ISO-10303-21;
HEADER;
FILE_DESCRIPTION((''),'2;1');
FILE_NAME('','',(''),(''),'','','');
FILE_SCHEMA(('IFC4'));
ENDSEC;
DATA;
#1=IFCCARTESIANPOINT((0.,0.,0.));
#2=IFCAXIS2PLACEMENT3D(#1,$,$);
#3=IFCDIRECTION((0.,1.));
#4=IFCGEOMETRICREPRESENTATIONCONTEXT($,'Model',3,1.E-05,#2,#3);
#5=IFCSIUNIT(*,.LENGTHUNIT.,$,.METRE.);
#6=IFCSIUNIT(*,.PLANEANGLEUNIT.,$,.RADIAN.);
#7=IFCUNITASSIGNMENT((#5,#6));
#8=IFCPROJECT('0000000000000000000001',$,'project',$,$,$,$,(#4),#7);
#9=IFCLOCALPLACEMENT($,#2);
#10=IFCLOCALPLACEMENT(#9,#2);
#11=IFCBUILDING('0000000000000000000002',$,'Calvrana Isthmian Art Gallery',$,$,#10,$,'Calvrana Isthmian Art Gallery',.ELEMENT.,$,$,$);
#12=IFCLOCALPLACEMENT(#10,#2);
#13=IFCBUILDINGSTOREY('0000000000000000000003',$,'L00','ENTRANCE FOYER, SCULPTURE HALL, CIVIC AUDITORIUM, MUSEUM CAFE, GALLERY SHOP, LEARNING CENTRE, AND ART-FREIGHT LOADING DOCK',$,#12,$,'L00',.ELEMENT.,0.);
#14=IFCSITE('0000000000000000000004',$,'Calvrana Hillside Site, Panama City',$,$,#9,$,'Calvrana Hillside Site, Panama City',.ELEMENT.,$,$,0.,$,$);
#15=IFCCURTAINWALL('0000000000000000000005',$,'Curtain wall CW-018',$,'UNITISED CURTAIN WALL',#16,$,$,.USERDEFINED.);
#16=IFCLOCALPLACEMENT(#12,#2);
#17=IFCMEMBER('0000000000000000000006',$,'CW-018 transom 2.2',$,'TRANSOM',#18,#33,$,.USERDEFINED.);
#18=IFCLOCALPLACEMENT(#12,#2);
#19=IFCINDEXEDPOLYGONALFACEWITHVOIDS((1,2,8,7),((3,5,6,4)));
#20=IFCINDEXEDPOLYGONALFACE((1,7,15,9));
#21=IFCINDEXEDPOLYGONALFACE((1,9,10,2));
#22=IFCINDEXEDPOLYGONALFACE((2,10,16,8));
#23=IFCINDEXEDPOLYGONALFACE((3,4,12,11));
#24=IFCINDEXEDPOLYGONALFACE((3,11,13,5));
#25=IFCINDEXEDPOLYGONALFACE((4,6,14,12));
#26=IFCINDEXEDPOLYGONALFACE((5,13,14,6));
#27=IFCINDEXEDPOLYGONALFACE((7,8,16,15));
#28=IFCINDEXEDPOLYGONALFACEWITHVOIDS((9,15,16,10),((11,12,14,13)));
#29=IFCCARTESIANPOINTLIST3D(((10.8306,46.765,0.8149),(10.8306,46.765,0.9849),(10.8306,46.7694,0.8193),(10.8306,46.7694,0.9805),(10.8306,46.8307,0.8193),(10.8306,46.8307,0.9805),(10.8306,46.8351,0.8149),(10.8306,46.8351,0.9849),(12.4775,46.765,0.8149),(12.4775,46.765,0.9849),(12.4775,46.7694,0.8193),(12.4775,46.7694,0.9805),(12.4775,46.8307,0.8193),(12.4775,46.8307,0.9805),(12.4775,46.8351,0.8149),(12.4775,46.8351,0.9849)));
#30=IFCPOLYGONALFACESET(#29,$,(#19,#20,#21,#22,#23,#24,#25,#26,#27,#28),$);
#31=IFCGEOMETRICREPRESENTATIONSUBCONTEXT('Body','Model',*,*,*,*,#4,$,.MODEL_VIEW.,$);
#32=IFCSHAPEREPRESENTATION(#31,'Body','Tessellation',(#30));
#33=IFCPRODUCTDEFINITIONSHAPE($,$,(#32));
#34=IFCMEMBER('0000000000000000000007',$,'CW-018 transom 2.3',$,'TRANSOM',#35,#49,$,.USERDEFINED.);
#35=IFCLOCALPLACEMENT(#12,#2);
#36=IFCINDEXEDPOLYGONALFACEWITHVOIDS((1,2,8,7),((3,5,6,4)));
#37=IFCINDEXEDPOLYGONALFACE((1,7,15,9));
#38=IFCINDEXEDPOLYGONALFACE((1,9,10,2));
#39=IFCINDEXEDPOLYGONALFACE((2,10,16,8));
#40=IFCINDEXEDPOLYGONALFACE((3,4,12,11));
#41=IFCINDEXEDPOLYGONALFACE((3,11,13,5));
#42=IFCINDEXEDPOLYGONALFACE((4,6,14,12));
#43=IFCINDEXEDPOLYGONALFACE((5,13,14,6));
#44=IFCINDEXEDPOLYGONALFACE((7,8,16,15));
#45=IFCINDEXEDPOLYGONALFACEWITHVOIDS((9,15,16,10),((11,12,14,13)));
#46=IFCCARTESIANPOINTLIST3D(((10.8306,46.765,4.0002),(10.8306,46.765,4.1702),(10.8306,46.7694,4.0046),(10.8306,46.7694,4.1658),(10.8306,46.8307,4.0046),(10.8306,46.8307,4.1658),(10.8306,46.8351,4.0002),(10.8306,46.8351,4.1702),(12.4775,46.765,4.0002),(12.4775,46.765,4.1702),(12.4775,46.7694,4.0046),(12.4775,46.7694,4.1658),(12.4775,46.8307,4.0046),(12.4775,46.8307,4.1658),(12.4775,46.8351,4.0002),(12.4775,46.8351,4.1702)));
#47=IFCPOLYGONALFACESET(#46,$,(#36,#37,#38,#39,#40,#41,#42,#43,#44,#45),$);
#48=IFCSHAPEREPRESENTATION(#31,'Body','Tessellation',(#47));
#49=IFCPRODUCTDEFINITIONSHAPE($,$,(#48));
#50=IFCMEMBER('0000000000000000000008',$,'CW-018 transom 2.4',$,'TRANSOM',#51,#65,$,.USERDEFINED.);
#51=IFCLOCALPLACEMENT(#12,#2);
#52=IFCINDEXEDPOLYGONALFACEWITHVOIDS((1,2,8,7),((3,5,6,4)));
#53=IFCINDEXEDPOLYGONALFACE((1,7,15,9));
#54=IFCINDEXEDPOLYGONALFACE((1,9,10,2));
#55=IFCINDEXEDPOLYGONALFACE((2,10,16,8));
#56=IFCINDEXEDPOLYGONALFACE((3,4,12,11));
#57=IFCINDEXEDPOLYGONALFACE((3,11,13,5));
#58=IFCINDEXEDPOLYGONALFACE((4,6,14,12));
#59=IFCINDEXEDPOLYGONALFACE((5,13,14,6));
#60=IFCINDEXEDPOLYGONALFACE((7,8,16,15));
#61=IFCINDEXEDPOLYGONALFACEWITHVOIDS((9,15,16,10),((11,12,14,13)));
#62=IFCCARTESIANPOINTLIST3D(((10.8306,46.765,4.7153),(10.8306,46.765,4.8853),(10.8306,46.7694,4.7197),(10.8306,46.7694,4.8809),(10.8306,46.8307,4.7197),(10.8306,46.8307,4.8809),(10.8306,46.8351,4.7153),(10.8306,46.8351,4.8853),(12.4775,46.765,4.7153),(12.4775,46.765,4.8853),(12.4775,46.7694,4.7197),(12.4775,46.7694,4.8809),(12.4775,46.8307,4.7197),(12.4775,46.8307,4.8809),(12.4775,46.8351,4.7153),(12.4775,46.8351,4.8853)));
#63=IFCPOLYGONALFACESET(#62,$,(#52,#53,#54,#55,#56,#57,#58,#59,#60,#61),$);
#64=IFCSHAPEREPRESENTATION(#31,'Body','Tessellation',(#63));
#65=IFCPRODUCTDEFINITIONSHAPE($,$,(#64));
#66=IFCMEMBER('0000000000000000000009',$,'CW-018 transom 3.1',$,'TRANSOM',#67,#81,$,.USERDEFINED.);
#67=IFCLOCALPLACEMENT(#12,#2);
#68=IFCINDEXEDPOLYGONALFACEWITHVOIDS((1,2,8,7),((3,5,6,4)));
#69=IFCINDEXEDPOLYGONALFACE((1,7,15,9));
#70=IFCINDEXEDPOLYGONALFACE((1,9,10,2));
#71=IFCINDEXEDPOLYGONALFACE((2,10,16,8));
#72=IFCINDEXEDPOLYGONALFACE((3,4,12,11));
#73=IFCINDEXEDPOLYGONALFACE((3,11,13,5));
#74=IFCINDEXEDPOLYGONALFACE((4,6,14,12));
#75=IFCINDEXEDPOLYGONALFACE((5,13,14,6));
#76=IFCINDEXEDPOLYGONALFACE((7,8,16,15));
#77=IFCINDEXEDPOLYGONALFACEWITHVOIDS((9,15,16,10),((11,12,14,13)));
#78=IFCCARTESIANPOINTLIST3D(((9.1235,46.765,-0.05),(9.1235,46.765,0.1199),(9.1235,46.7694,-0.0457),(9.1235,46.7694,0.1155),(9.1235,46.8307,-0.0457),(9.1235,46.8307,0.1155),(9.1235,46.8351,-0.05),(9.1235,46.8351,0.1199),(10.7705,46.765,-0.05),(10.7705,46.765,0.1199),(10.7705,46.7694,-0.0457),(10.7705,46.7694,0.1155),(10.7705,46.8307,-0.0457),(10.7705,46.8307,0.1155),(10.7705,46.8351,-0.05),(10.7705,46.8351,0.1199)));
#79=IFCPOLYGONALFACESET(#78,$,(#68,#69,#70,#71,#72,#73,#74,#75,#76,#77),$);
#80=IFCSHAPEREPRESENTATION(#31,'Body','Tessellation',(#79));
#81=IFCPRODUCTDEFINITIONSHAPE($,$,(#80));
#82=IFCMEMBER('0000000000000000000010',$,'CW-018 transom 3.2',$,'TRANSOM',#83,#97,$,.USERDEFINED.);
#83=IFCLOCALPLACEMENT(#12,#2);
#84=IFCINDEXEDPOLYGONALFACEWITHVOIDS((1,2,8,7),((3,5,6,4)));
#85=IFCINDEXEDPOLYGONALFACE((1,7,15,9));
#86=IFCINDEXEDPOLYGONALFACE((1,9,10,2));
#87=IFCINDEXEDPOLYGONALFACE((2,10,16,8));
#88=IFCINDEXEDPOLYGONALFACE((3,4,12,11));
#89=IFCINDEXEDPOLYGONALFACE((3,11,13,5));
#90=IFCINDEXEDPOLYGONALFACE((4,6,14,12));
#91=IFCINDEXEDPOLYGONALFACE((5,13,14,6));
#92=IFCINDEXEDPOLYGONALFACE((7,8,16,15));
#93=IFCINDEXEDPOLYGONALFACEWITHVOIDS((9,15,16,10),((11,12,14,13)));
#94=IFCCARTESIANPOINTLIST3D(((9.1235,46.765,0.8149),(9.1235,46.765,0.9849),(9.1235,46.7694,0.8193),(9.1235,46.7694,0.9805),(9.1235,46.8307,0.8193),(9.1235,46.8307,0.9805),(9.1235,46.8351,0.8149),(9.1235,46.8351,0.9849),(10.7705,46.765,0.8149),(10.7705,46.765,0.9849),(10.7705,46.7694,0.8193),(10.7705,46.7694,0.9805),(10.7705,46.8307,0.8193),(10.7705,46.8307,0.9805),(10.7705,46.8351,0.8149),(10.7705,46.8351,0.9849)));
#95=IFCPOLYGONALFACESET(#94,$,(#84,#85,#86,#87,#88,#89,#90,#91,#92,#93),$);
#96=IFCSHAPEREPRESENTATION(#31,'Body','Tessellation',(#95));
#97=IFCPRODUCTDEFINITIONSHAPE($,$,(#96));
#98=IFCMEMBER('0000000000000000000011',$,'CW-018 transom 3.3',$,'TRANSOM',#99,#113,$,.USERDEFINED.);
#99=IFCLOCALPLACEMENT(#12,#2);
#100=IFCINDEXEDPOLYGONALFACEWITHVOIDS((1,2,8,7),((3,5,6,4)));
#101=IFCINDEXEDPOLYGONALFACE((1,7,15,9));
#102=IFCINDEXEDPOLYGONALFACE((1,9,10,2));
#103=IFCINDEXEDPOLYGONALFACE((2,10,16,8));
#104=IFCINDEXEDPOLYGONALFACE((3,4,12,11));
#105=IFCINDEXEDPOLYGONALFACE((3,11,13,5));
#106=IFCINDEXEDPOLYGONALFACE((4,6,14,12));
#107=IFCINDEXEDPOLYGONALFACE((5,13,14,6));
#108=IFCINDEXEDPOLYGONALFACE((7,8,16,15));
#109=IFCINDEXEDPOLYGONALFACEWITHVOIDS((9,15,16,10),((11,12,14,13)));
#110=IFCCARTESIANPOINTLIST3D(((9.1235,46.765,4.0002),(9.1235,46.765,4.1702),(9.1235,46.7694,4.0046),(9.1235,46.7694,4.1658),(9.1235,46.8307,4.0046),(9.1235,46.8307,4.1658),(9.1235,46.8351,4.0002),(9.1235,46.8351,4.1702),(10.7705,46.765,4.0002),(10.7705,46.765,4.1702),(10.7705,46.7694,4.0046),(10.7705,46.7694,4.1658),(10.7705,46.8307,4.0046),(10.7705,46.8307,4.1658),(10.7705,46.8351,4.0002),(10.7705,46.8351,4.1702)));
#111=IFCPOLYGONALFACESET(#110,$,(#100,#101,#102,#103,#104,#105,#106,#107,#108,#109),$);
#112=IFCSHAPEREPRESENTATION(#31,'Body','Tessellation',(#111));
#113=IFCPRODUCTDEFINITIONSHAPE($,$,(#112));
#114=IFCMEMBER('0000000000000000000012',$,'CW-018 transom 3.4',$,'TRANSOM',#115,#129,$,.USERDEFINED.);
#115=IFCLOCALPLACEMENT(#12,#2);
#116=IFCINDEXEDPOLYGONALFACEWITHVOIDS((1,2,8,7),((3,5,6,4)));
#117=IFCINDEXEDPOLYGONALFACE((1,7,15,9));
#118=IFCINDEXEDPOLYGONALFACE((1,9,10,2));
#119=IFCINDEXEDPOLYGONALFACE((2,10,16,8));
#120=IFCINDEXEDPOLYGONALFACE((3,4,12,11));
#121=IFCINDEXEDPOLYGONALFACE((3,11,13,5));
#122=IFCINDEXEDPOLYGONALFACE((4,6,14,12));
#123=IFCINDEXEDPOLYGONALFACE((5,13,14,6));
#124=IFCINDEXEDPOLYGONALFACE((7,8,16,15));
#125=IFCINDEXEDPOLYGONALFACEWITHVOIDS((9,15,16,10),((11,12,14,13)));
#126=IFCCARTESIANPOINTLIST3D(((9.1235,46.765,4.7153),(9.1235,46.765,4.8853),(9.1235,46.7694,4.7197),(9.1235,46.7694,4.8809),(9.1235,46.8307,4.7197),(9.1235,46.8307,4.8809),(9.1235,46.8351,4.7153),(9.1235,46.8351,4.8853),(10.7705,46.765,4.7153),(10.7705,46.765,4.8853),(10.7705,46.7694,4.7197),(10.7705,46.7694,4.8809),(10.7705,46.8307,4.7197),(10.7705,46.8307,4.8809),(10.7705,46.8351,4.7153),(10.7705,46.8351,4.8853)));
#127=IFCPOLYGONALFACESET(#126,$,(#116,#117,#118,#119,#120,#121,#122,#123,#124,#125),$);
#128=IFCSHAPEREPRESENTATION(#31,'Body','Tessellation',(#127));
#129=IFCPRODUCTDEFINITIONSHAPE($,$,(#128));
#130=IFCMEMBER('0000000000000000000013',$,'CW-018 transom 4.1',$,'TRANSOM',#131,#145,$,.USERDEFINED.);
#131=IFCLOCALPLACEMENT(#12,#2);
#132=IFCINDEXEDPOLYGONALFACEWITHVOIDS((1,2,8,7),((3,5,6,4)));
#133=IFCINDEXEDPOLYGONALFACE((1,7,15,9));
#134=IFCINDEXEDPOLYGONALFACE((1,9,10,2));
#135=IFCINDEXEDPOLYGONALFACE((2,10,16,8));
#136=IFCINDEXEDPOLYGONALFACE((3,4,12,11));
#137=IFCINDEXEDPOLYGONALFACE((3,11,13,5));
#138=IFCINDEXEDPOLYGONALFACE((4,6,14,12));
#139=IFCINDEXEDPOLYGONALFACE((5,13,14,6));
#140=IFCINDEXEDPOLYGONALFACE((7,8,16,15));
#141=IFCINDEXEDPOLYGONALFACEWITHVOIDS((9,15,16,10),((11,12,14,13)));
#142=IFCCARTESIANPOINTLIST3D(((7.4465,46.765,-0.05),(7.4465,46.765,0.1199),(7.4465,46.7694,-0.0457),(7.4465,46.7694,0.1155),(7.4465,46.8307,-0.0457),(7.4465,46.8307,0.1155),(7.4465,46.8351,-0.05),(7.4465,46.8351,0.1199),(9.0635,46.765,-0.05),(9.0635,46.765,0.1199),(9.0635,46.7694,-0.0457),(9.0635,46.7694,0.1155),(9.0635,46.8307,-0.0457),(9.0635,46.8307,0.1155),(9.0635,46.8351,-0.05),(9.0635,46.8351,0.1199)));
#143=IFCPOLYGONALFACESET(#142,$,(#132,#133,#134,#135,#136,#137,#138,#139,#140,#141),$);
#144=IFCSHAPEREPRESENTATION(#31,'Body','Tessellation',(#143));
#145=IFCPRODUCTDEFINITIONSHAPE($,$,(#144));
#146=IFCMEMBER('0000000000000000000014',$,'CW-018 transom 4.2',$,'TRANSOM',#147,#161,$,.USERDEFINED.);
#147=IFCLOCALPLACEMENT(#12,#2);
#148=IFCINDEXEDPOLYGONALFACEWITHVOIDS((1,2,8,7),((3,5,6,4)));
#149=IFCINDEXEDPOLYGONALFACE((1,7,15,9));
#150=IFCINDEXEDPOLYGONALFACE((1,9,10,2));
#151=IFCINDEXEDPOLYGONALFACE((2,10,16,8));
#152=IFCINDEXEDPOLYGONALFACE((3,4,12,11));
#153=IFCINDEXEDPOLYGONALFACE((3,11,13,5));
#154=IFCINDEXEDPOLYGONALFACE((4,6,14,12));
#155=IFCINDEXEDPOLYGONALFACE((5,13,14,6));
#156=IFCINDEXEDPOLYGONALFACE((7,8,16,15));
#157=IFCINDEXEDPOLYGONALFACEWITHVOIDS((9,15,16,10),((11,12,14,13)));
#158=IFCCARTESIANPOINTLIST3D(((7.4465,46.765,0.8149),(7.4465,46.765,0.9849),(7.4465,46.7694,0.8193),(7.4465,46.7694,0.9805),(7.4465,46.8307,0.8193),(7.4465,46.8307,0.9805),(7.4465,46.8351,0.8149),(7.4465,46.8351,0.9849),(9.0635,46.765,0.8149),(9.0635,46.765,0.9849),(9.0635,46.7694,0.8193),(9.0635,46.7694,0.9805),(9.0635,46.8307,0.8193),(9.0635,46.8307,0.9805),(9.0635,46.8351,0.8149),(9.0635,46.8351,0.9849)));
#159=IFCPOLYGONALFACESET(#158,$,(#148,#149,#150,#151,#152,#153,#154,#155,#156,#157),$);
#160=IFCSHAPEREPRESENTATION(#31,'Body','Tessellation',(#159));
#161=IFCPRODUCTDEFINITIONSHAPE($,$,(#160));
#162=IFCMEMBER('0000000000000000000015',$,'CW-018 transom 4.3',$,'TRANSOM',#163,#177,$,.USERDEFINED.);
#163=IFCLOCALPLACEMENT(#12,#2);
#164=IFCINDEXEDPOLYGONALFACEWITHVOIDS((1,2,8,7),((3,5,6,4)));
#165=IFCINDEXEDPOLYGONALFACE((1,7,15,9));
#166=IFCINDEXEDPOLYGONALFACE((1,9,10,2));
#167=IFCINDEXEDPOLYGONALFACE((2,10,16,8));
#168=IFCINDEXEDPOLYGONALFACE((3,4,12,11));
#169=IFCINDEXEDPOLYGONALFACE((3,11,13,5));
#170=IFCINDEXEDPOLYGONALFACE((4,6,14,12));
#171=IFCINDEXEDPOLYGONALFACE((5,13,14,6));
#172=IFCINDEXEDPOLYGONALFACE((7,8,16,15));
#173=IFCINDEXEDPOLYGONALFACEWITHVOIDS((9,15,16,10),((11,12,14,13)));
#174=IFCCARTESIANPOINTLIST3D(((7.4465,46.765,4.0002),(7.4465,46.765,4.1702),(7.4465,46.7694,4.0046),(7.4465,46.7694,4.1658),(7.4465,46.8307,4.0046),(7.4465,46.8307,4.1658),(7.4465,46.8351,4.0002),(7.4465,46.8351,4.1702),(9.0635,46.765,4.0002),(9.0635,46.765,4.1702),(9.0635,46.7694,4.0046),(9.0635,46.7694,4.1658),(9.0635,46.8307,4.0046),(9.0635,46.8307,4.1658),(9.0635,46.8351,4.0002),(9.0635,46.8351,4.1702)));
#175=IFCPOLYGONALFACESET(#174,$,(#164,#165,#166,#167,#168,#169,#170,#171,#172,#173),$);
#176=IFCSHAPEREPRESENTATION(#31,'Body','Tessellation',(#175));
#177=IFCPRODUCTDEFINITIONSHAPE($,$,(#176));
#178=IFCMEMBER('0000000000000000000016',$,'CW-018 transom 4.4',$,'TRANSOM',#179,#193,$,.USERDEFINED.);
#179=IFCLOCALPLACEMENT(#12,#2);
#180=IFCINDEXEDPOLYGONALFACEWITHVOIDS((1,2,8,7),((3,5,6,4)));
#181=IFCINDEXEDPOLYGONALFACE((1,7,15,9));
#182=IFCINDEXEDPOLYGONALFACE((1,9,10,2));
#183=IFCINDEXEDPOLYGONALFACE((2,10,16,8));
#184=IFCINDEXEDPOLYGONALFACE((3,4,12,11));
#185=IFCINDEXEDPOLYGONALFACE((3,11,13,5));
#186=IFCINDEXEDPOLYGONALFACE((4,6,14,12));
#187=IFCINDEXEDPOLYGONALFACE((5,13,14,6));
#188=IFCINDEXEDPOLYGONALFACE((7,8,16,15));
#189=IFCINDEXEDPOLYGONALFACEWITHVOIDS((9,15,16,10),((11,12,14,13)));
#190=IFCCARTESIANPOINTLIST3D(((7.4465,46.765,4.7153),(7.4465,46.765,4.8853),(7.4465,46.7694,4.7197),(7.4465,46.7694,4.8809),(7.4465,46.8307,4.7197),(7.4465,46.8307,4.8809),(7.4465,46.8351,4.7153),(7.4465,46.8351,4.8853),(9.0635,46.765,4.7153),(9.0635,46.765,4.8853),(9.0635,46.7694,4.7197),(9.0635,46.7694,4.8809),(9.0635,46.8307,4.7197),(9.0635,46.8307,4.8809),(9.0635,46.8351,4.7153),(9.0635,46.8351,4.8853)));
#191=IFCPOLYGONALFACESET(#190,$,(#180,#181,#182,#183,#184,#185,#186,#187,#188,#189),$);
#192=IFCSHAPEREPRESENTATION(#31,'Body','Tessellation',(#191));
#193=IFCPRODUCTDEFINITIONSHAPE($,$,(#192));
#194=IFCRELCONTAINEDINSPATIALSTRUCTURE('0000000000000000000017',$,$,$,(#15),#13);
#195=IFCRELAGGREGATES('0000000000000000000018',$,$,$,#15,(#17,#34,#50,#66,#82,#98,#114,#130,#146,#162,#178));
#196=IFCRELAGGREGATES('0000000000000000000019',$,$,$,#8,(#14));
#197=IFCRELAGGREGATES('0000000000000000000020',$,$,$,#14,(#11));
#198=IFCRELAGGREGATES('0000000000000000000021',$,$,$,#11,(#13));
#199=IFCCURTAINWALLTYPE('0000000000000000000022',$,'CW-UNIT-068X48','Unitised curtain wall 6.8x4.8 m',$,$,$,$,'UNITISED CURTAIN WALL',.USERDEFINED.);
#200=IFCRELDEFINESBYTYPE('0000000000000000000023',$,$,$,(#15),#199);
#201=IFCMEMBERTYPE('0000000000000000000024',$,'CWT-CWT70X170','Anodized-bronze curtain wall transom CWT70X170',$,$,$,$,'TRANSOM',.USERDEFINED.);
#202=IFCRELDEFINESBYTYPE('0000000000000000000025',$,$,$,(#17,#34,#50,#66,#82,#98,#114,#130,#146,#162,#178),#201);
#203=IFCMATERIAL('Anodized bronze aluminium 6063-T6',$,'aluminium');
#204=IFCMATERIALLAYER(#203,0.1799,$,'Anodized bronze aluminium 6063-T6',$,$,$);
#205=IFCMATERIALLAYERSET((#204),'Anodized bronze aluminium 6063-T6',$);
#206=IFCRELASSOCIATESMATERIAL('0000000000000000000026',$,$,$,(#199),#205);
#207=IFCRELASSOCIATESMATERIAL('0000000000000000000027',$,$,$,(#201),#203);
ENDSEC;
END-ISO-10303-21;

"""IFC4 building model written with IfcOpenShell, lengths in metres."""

from ifc_helpers import new_model, si_unit, direction, frame, origin, origin_2d, place, context, subcontext, project, spatial, hollow_rectangle, extrude, material, layer, layer_set, material_profile, profile_set, type_object, element, aggregate, save


model = new_model("IFC4")

# Units and contexts
model_context = context("Model", 3, precision=1e-05, world=origin(), true_north=direction((0.0, 1.0)))
body_context = subcontext(model_context, "Body", "Model", "MODEL_VIEW")
ifc_project = project(units=[si_unit("LENGTHUNIT", "METRE"), si_unit("PLANEANGLEUNIT", "RADIAN")], contexts=[model_context])

# Site, building, storey
site_placement = place(None, origin())
site = spatial("IfcSite", under=ifc_project, at=site_placement, Name="Calvrana Hillside Site, Panama City", LongName="Calvrana Hillside Site, Panama City", CompositionType="ELEMENT", RefElevation=0.0)
building_placement = place(site_placement, origin())
building = spatial("IfcBuilding", under=site, at=building_placement, Name="Calvrana Isthmian Art Gallery", LongName="Calvrana Isthmian Art Gallery", CompositionType="ELEMENT")
storey_placement = place(building_placement, origin())
storey = spatial("IfcBuildingStorey", under=building, at=storey_placement, Name="L00", Description="ENTRANCE FOYER, SCULPTURE HALL, CIVIC AUDITORIUM, MUSEUM CAFE, GALLERY SHOP, LEARNING CENTRE, AND ART-FREIGHT LOADING DOCK", LongName="L00", CompositionType="ELEMENT", Elevation=0.0)

# Curtain wall, members
ifc_material_1 = material(Name="Anodized bronze aluminium 6063-T6", Category="aluminium")
ifc_layer_1 = layer(ifc_material_1, 0.1799, Name="Anodized bronze aluminium 6063-T6")
ifc_layer_set_1 = layer_set([ifc_layer_1], Name="Anodized bronze aluminium 6063-T6")
curtain_wall_type = type_object("IfcCurtainWallType", Name="CW-UNIT-068X48", Description="Unitised curtain wall 6.8x4.8 m", ElementType="UNITISED CURTAIN WALL", PredefinedType="USERDEFINED", material=ifc_layer_set_1)
curtain_wall_placement = place(storey_placement, origin())
curtain_wall = element("IfcCurtainWall", 1, at=curtain_wall_placement, inside=storey, type_object=curtain_wall_type, Name="Curtain wall CW-018", ObjectType="UNITISED CURTAIN WALL", PredefinedType="USERDEFINED")
ifc_material_profile_1 = material_profile(ifc_material_1, hollow_rectangle(XDim=0.0701, YDim=0.1699, WallThickness=0.0044, at=origin_2d()), Name="CWT70X170")
ifc_profile_set_1 = profile_set([ifc_material_profile_1], Name="Anodized bronze aluminium 6063-T6")
member_type_1 = type_object("IfcMemberType", Name="CWT-CWT70X170", Description="Anodized-bronze curtain wall transom CWT70X170", ElementType="TRANSOM", PredefinedType="USERDEFINED", material=ifc_profile_set_1)
member_1_placement = place(storey_placement, frame((12.4775, 46.8, 0.8999), z_axis=(-1.0, 0.0, 0.0), x_axis=(0.0, -1.0, 0.0)))
member_1 = element("IfcMember", 2, at=member_1_placement, type_object=member_type_1, Name="CW-018 transom 2.2", ObjectType="TRANSOM", PredefinedType="USERDEFINED", context=body_context, shape_type="SweptSolid", body=[
    extrude(hollow_rectangle(XDim=0.0701, YDim=0.1699, WallThickness=0.0044, at=origin_2d()), origin(), (0.0, 0.0, 1.0), 1.647),
])
member_2_placement = place(storey_placement, frame((12.4775, 46.8, 4.0852), z_axis=(-1.0, 0.0, 0.0), x_axis=(0.0, -1.0, 0.0)))
member_2 = element("IfcMember", 3, at=member_2_placement, type_object=member_type_1, Name="CW-018 transom 2.3", ObjectType="TRANSOM", PredefinedType="USERDEFINED", context=body_context, shape_type="SweptSolid", body=[
    extrude(hollow_rectangle(XDim=0.0701, YDim=0.1699, WallThickness=0.0044, at=origin_2d()), origin(), (0.0, 0.0, 1.0), 1.647),
])
member_3_placement = place(storey_placement, frame((12.4775, 46.8, 4.8003), z_axis=(-1.0, 0.0, 0.0), x_axis=(0.0, -1.0, 0.0)))
member_3 = element("IfcMember", 4, at=member_3_placement, type_object=member_type_1, Name="CW-018 transom 2.4", ObjectType="TRANSOM", PredefinedType="USERDEFINED", context=body_context, shape_type="SweptSolid", body=[
    extrude(hollow_rectangle(XDim=0.0701, YDim=0.1699, WallThickness=0.0044, at=origin_2d()), origin(), (0.0, 0.0, 1.0), 1.647),
])
member_4_placement = place(storey_placement, frame((10.7705, 46.8, 0.0349), z_axis=(-1.0, 0.0, 0.0), x_axis=(0.0, -1.0, 0.0)))
member_4 = element("IfcMember", 5, at=member_4_placement, type_object=member_type_1, Name="CW-018 transom 3.1", ObjectType="TRANSOM", PredefinedType="USERDEFINED", context=body_context, shape_type="SweptSolid", body=[
    extrude(hollow_rectangle(XDim=0.0701, YDim=0.1699, WallThickness=0.0044, at=origin_2d()), origin(), (0.0, 0.0, 1.0), 1.647),
])
member_5_placement = place(storey_placement, frame((10.7705, 46.8, 0.8999), z_axis=(-1.0, 0.0, 0.0), x_axis=(0.0, -1.0, 0.0)))
member_5 = element("IfcMember", 6, at=member_5_placement, type_object=member_type_1, Name="CW-018 transom 3.2", ObjectType="TRANSOM", PredefinedType="USERDEFINED", context=body_context, shape_type="SweptSolid", body=[
    extrude(hollow_rectangle(XDim=0.0701, YDim=0.1699, WallThickness=0.0044, at=origin_2d()), origin(), (0.0, 0.0, 1.0), 1.647),
])
member_6_placement = place(storey_placement, frame((10.7705, 46.8, 4.0852), z_axis=(-1.0, 0.0, 0.0), x_axis=(0.0, -1.0, 0.0)))
member_6 = element("IfcMember", 7, at=member_6_placement, type_object=member_type_1, Name="CW-018 transom 3.3", ObjectType="TRANSOM", PredefinedType="USERDEFINED", context=body_context, shape_type="SweptSolid", body=[
    extrude(hollow_rectangle(XDim=0.0701, YDim=0.1699, WallThickness=0.0044, at=origin_2d()), origin(), (0.0, 0.0, 1.0), 1.647),
])
member_7_placement = place(storey_placement, frame((10.7705, 46.8, 4.8003), z_axis=(-1.0, 0.0, 0.0), x_axis=(0.0, -1.0, 0.0)))
member_7 = element("IfcMember", 8, at=member_7_placement, type_object=member_type_1, Name="CW-018 transom 3.4", ObjectType="TRANSOM", PredefinedType="USERDEFINED", context=body_context, shape_type="SweptSolid", body=[
    extrude(hollow_rectangle(XDim=0.0701, YDim=0.1699, WallThickness=0.0044, at=origin_2d()), origin(), (0.0, 0.0, 1.0), 1.647),
])
member_8_placement = place(storey_placement, frame((9.0635, 46.8, 0.0349), z_axis=(-1.0, 0.0, 0.0), x_axis=(0.0, -1.0, 0.0)))
member_8 = element("IfcMember", 9, at=member_8_placement, type_object=member_type_1, Name="CW-018 transom 4.1", ObjectType="TRANSOM", PredefinedType="USERDEFINED", context=body_context, shape_type="SweptSolid", body=[
    extrude(hollow_rectangle(XDim=0.0701, YDim=0.1699, WallThickness=0.0044, at=origin_2d()), origin(), (0.0, 0.0, 1.0), 1.6169),
])
member_9_placement = place(storey_placement, frame((9.0635, 46.8, 0.8999), z_axis=(-1.0, 0.0, 0.0), x_axis=(0.0, -1.0, 0.0)))
member_9 = element("IfcMember", 10, at=member_9_placement, type_object=member_type_1, Name="CW-018 transom 4.2", ObjectType="TRANSOM", PredefinedType="USERDEFINED", context=body_context, shape_type="SweptSolid", body=[
    extrude(hollow_rectangle(XDim=0.0701, YDim=0.1699, WallThickness=0.0044, at=origin_2d()), origin(), (0.0, 0.0, 1.0), 1.6169),
])
member_10_placement = place(storey_placement, frame((9.0635, 46.8, 4.0852), z_axis=(-1.0, 0.0, 0.0), x_axis=(0.0, -1.0, 0.0)))
member_10 = element("IfcMember", 11, at=member_10_placement, type_object=member_type_1, Name="CW-018 transom 4.3", ObjectType="TRANSOM", PredefinedType="USERDEFINED", context=body_context, shape_type="SweptSolid", body=[
    extrude(hollow_rectangle(XDim=0.0701, YDim=0.1699, WallThickness=0.0044, at=origin_2d()), origin(), (0.0, 0.0, 1.0), 1.6169),
])
member_11_placement = place(storey_placement, frame((9.0635, 46.8, 4.8003), z_axis=(-1.0, 0.0, 0.0), x_axis=(0.0, -1.0, 0.0)))
member_11 = element("IfcMember", 12, at=member_11_placement, type_object=member_type_1, Name="CW-018 transom 4.4", ObjectType="TRANSOM", PredefinedType="USERDEFINED", context=body_context, shape_type="SweptSolid", body=[
    extrude(hollow_rectangle(XDim=0.0701, YDim=0.1699, WallThickness=0.0044, at=origin_2d()), origin(), (0.0, 0.0, 1.0), 1.6169),
])
aggregate(curtain_wall, [member_1, member_2, member_3, member_4, member_5, member_6, member_7, member_8, member_9, member_10, member_11])

save(model, "model.ifc")
